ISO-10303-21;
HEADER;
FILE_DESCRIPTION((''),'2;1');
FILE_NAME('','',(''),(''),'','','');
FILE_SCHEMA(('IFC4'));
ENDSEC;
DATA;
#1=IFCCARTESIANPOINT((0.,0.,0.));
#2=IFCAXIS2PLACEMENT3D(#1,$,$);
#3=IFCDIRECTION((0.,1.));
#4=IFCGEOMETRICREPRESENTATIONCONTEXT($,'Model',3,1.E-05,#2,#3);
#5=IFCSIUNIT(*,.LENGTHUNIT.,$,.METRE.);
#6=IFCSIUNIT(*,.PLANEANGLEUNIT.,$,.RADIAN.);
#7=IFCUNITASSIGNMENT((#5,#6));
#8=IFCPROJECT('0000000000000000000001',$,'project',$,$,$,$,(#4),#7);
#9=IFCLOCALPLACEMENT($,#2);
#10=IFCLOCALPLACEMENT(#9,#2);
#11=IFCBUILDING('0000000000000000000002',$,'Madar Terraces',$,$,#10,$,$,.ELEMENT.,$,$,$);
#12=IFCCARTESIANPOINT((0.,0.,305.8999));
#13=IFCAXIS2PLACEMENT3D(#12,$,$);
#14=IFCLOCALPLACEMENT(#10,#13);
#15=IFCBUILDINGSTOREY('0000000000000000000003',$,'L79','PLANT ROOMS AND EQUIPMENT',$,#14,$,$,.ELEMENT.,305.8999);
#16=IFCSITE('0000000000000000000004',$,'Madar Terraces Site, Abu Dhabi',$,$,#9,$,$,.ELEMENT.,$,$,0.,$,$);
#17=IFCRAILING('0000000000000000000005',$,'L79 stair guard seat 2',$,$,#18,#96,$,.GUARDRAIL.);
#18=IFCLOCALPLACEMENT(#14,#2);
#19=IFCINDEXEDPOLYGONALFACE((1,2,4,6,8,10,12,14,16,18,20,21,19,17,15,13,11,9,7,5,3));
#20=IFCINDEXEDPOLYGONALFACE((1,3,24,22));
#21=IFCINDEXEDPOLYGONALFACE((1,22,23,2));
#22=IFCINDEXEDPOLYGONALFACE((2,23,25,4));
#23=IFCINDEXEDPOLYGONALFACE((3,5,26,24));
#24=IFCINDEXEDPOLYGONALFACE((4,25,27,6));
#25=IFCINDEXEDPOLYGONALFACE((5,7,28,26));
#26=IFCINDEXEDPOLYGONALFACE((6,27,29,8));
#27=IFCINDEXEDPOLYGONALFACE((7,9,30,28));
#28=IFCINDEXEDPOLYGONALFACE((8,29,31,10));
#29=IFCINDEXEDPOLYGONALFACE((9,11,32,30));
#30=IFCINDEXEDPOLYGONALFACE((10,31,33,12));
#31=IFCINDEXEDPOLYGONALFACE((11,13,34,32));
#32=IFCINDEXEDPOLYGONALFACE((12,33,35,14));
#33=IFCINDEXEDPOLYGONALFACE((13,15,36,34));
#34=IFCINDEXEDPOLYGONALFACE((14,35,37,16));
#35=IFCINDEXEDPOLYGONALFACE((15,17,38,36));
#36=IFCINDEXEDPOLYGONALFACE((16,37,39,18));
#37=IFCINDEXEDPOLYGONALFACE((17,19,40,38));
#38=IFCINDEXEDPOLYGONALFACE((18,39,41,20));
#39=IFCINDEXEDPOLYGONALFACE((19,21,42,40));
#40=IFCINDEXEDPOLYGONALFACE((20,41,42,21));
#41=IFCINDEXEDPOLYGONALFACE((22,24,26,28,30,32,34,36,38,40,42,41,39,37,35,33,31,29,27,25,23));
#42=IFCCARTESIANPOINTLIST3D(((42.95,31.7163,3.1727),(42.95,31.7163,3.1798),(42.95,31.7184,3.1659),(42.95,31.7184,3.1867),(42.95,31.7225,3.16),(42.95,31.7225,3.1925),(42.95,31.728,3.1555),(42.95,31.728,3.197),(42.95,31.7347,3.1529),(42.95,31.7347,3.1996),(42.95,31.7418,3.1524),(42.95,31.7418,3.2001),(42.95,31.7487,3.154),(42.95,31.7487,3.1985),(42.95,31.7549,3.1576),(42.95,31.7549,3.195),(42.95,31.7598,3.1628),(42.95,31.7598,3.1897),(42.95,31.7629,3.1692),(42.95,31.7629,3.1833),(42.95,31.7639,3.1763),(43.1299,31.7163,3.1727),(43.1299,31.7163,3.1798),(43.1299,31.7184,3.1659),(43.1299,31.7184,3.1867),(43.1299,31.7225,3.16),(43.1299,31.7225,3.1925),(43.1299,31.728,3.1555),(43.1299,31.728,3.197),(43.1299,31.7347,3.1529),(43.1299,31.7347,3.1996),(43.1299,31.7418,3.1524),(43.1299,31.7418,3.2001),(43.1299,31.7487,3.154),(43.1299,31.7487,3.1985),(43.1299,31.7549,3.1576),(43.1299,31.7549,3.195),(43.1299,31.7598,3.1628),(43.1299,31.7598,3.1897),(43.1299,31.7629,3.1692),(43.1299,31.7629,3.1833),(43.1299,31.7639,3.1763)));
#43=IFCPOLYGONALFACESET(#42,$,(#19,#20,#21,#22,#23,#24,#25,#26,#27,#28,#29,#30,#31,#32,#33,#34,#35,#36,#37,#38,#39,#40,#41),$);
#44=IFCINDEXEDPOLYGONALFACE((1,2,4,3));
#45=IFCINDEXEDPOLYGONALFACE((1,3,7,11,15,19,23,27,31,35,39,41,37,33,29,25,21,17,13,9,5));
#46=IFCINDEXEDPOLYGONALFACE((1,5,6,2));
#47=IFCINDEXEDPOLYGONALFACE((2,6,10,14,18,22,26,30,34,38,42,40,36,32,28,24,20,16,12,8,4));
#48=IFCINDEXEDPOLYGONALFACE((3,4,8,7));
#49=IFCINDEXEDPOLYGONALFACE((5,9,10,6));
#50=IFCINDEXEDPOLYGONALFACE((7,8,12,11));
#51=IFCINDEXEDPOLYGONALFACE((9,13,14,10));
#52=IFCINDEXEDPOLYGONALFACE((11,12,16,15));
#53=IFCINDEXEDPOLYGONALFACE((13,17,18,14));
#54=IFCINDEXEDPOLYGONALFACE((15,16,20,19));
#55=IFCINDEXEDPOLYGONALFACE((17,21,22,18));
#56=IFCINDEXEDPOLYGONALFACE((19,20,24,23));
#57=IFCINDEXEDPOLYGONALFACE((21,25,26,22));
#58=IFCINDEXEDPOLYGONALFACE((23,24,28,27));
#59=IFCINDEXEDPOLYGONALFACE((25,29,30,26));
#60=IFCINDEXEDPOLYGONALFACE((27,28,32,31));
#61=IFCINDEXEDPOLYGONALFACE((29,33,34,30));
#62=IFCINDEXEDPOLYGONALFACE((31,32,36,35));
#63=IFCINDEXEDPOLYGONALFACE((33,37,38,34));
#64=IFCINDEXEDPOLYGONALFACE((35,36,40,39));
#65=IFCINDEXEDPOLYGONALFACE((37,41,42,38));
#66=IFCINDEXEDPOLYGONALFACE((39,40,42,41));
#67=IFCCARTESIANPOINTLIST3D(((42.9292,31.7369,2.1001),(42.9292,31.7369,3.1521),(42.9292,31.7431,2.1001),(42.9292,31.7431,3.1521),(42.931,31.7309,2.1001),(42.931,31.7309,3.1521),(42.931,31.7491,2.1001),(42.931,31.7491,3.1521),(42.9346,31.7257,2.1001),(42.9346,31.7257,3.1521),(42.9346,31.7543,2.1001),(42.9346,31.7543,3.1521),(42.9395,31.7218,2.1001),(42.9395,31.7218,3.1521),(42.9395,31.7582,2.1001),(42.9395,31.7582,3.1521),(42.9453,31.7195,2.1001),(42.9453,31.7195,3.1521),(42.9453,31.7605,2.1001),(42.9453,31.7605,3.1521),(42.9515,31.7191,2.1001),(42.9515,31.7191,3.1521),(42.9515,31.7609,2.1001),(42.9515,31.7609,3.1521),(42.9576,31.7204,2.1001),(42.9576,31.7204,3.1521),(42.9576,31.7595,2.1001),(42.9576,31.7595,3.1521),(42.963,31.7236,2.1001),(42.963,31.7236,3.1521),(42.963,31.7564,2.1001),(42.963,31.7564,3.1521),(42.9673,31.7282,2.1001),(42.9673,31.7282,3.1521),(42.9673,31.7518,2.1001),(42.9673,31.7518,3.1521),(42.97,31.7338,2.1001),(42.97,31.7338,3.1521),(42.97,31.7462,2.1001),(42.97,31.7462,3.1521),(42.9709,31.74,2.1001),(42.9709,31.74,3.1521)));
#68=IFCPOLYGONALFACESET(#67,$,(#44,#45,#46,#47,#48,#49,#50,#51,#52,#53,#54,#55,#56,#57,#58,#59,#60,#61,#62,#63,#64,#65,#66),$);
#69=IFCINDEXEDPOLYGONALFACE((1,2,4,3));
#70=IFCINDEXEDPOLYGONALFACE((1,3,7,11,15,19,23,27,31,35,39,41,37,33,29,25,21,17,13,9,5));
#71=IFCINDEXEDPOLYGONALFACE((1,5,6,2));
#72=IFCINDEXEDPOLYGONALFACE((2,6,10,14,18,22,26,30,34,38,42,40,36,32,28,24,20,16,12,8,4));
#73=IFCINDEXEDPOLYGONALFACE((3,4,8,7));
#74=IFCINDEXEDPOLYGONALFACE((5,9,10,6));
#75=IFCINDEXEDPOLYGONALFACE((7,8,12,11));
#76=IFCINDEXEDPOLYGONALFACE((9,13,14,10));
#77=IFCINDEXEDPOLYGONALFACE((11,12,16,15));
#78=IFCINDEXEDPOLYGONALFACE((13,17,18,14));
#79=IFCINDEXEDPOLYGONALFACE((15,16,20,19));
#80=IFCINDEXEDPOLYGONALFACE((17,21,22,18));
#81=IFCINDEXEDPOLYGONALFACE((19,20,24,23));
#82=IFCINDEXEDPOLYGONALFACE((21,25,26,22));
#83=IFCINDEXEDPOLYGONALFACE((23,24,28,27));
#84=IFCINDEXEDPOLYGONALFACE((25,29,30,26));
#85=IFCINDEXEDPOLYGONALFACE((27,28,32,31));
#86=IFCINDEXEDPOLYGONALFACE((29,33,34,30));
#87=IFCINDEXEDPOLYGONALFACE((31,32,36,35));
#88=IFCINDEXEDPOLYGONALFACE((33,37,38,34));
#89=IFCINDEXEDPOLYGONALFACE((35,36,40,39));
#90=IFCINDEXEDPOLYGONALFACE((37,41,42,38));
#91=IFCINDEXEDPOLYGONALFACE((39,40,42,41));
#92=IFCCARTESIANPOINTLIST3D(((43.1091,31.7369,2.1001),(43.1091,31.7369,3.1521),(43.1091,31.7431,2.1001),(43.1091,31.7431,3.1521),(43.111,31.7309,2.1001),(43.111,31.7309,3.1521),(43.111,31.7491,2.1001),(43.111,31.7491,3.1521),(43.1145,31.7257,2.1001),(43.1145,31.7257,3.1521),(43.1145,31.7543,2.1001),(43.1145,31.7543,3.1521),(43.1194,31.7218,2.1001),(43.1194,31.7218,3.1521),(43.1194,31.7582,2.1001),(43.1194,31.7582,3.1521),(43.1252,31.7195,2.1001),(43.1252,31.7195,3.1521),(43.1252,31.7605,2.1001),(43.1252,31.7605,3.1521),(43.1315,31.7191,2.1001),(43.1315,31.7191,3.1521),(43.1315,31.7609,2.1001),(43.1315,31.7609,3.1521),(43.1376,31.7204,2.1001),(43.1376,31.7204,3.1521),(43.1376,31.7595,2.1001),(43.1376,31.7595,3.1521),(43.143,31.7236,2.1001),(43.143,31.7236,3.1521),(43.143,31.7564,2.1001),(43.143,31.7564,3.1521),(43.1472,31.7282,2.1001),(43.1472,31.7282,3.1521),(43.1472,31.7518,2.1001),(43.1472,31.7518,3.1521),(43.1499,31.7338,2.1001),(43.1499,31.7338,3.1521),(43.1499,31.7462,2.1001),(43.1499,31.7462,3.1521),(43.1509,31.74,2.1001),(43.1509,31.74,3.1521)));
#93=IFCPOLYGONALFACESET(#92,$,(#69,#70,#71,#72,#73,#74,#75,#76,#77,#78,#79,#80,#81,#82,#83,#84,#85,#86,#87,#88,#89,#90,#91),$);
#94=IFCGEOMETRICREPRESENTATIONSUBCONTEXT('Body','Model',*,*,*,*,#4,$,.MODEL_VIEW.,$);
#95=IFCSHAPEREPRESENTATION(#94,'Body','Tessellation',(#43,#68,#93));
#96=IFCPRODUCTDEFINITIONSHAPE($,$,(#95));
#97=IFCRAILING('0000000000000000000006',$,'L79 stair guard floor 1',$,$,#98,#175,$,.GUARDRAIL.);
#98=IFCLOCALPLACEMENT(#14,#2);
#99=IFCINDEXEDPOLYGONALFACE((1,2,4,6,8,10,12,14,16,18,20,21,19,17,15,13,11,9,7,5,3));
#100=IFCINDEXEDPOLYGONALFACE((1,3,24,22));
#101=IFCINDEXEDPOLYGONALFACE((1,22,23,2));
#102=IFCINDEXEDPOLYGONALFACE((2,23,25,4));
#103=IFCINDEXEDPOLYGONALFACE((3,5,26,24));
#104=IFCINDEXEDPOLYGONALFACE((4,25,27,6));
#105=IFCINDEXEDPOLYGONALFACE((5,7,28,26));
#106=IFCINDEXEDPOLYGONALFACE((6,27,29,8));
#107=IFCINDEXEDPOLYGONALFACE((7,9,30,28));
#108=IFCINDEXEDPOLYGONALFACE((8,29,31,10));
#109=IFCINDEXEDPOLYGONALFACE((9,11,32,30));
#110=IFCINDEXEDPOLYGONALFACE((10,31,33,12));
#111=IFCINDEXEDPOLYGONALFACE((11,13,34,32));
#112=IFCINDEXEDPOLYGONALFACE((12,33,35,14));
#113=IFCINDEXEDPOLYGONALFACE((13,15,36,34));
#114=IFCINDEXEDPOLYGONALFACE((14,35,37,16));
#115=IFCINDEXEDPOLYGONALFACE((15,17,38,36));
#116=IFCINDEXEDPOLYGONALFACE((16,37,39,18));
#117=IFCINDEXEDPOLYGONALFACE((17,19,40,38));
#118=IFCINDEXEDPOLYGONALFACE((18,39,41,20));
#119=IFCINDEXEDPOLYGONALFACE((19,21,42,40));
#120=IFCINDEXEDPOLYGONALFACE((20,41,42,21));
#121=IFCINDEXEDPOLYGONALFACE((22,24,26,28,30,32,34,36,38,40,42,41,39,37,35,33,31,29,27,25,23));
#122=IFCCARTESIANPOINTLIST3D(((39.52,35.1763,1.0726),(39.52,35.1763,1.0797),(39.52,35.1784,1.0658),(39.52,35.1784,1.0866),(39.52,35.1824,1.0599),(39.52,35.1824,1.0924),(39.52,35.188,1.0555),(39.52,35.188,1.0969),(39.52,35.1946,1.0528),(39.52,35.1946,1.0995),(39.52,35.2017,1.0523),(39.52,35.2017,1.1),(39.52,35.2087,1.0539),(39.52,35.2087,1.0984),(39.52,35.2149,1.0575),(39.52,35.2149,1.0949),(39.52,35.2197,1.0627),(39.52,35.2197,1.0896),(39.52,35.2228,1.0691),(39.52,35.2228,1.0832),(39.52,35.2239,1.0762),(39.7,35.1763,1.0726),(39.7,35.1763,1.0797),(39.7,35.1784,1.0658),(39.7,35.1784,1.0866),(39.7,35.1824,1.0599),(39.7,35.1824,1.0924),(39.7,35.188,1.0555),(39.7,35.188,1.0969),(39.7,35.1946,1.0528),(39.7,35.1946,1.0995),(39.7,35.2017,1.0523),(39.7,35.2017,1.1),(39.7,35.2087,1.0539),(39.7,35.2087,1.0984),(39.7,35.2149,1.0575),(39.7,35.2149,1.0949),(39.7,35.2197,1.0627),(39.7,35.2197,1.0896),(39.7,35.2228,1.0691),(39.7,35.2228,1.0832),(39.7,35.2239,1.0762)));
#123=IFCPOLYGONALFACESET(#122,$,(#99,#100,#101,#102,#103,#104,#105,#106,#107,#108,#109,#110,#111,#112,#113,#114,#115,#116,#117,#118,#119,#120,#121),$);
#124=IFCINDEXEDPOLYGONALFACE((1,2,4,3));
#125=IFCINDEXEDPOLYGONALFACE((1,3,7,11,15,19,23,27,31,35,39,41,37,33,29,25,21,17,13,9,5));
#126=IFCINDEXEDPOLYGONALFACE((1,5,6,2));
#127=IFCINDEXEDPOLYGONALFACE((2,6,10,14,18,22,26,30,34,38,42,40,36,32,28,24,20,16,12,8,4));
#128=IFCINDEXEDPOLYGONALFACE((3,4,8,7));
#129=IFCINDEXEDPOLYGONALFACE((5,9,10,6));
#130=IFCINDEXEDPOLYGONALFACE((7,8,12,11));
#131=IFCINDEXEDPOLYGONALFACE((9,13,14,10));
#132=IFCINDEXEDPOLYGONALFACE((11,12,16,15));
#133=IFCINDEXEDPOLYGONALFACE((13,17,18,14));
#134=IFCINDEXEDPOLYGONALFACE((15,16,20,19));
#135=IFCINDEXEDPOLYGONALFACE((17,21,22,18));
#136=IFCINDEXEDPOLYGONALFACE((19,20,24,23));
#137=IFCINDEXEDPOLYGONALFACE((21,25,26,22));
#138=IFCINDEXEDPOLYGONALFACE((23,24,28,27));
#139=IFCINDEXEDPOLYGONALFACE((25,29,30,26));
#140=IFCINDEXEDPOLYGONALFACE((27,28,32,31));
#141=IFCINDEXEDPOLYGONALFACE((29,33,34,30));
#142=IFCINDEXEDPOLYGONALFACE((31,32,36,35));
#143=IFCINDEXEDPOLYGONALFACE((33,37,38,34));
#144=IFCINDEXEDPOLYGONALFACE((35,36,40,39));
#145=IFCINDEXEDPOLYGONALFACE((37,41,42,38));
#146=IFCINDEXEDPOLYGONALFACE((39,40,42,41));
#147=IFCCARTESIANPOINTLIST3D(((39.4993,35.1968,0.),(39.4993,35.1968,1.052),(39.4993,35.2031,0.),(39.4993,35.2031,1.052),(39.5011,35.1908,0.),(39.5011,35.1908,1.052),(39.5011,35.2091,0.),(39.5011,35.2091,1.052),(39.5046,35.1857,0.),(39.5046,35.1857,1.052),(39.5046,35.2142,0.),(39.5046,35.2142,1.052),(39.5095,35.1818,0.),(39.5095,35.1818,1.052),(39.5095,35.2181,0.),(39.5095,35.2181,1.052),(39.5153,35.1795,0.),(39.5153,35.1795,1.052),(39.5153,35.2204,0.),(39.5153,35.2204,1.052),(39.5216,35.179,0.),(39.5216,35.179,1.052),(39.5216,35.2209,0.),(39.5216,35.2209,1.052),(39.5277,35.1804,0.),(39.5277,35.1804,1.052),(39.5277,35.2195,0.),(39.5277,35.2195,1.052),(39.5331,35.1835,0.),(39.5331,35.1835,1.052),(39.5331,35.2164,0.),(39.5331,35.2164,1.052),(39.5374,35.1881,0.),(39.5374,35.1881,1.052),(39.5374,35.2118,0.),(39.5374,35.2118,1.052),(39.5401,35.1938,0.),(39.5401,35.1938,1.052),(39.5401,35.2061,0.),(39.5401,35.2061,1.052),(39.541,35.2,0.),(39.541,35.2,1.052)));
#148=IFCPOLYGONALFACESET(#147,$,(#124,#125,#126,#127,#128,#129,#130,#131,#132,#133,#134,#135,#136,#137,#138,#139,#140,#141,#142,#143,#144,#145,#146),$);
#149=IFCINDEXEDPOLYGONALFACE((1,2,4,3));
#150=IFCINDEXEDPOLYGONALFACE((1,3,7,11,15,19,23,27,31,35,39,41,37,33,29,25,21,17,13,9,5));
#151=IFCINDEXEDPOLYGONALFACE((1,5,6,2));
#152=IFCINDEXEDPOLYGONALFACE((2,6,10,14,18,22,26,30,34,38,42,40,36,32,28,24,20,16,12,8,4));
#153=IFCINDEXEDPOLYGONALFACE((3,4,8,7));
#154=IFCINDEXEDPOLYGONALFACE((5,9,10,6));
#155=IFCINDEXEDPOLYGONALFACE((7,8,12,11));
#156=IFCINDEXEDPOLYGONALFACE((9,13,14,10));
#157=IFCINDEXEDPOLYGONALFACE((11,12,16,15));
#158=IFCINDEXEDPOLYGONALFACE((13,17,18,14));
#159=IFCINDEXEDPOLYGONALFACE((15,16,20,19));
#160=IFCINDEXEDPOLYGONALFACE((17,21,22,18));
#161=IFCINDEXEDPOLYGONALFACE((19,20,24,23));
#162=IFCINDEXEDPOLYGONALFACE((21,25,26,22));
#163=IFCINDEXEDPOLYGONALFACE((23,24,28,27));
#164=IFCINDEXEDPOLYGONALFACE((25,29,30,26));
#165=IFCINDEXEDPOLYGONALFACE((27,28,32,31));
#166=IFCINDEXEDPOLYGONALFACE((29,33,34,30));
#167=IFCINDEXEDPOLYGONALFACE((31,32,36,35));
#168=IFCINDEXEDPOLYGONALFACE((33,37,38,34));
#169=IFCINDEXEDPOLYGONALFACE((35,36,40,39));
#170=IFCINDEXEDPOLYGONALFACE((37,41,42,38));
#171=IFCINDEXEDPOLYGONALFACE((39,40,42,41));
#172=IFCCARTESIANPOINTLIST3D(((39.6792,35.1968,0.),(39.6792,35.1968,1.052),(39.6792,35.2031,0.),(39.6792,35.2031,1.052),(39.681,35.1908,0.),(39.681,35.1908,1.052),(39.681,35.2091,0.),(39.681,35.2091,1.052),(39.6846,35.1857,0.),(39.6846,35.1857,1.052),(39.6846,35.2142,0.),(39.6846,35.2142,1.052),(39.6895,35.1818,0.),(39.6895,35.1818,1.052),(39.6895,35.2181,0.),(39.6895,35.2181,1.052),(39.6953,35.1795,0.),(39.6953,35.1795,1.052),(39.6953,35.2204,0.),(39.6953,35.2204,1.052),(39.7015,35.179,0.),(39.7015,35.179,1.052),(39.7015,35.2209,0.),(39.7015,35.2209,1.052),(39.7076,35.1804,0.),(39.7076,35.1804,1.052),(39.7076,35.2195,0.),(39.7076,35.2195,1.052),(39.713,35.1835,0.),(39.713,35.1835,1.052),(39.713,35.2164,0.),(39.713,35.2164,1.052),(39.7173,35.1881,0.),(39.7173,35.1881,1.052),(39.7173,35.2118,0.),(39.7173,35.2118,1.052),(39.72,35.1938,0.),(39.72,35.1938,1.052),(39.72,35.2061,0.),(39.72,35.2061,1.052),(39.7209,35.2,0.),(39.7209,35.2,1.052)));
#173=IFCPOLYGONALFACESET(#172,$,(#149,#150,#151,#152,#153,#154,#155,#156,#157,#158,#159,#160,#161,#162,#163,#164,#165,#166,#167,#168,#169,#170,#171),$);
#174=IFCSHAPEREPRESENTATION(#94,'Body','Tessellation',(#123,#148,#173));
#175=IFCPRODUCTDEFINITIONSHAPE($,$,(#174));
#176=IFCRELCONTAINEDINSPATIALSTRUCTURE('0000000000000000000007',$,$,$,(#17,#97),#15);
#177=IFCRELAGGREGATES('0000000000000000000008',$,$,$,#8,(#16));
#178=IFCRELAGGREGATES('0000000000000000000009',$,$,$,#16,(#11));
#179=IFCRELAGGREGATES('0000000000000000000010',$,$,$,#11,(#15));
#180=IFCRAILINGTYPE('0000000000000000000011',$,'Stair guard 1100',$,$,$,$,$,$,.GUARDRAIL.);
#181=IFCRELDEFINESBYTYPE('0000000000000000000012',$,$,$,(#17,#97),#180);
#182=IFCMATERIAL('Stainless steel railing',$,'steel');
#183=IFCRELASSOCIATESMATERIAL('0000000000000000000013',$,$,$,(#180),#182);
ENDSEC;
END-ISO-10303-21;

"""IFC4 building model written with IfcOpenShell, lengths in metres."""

from ifc_helpers import new_model, si_unit, direction, frame, origin, origin_2d, place, context, subcontext, project, spatial, circle, extrude, material, type_object, element, save


model = new_model("IFC4")

# Units and contexts
model_context = context("Model", 3, precision=1e-05, world=origin(), true_north=direction((0.0, 1.0)))
body_context = subcontext(model_context, "Body", "Model", "MODEL_VIEW")
ifc_project = project(units=[si_unit("LENGTHUNIT", "METRE"), si_unit("PLANEANGLEUNIT", "RADIAN")], contexts=[model_context])

# Site, building, storey
site_placement = place(None, origin())
site = spatial("IfcSite", under=ifc_project, at=site_placement, Name="Madar Terraces Site, Abu Dhabi", CompositionType="ELEMENT", RefElevation=0.0)
building_placement = place(site_placement, origin())
building = spatial("IfcBuilding", under=site, at=building_placement, Name="Madar Terraces", CompositionType="ELEMENT")
storey_placement = place(building_placement, frame((0.0, 0.0, 305.8999)))
storey = spatial("IfcBuildingStorey", under=building, at=storey_placement, Name="L79", Description="PLANT ROOMS AND EQUIPMENT", CompositionType="ELEMENT", Elevation=305.8999)

# Railings
ifc_material_1 = material(Name="Stainless steel railing", Category="steel")
railing_type_1 = type_object("IfcRailingType", Name="Stair guard 1100", PredefinedType="GUARDRAIL", material=ifc_material_1)
for number, where, name in (
    (1, (42.95, 31.74, 2.1001), "L79 stair guard seat 2"),
    (2, (39.52, 35.2, 0.0), "L79 stair guard floor 1"),
):
    element("IfcRailing", number, at=place(storey_placement, frame(where)), inside=storey, type_object=railing_type_1, Name=name, PredefinedType="GUARDRAIL", context=body_context, shape_type="SweptSolid", body=[
        extrude(circle(Radius=0.0239, at=origin_2d()), frame((0.0, 0.0, 1.0762), z_axis=(1.0, 0.0, 0.0), x_axis=(0.0, 1.0, 0.0)), (0.0, 0.0, 1.0), 0.1799),
        extrude(circle(Radius=0.021, at=origin_2d()), origin(), (0.0, 0.0, 1.0), 1.052),
        extrude(circle(Radius=0.021, at=origin_2d()), frame((0.1799, 0.0, 0.0)), (0.0, 0.0, 1.0), 1.052),
    ])

save(model, "model.ifc")
